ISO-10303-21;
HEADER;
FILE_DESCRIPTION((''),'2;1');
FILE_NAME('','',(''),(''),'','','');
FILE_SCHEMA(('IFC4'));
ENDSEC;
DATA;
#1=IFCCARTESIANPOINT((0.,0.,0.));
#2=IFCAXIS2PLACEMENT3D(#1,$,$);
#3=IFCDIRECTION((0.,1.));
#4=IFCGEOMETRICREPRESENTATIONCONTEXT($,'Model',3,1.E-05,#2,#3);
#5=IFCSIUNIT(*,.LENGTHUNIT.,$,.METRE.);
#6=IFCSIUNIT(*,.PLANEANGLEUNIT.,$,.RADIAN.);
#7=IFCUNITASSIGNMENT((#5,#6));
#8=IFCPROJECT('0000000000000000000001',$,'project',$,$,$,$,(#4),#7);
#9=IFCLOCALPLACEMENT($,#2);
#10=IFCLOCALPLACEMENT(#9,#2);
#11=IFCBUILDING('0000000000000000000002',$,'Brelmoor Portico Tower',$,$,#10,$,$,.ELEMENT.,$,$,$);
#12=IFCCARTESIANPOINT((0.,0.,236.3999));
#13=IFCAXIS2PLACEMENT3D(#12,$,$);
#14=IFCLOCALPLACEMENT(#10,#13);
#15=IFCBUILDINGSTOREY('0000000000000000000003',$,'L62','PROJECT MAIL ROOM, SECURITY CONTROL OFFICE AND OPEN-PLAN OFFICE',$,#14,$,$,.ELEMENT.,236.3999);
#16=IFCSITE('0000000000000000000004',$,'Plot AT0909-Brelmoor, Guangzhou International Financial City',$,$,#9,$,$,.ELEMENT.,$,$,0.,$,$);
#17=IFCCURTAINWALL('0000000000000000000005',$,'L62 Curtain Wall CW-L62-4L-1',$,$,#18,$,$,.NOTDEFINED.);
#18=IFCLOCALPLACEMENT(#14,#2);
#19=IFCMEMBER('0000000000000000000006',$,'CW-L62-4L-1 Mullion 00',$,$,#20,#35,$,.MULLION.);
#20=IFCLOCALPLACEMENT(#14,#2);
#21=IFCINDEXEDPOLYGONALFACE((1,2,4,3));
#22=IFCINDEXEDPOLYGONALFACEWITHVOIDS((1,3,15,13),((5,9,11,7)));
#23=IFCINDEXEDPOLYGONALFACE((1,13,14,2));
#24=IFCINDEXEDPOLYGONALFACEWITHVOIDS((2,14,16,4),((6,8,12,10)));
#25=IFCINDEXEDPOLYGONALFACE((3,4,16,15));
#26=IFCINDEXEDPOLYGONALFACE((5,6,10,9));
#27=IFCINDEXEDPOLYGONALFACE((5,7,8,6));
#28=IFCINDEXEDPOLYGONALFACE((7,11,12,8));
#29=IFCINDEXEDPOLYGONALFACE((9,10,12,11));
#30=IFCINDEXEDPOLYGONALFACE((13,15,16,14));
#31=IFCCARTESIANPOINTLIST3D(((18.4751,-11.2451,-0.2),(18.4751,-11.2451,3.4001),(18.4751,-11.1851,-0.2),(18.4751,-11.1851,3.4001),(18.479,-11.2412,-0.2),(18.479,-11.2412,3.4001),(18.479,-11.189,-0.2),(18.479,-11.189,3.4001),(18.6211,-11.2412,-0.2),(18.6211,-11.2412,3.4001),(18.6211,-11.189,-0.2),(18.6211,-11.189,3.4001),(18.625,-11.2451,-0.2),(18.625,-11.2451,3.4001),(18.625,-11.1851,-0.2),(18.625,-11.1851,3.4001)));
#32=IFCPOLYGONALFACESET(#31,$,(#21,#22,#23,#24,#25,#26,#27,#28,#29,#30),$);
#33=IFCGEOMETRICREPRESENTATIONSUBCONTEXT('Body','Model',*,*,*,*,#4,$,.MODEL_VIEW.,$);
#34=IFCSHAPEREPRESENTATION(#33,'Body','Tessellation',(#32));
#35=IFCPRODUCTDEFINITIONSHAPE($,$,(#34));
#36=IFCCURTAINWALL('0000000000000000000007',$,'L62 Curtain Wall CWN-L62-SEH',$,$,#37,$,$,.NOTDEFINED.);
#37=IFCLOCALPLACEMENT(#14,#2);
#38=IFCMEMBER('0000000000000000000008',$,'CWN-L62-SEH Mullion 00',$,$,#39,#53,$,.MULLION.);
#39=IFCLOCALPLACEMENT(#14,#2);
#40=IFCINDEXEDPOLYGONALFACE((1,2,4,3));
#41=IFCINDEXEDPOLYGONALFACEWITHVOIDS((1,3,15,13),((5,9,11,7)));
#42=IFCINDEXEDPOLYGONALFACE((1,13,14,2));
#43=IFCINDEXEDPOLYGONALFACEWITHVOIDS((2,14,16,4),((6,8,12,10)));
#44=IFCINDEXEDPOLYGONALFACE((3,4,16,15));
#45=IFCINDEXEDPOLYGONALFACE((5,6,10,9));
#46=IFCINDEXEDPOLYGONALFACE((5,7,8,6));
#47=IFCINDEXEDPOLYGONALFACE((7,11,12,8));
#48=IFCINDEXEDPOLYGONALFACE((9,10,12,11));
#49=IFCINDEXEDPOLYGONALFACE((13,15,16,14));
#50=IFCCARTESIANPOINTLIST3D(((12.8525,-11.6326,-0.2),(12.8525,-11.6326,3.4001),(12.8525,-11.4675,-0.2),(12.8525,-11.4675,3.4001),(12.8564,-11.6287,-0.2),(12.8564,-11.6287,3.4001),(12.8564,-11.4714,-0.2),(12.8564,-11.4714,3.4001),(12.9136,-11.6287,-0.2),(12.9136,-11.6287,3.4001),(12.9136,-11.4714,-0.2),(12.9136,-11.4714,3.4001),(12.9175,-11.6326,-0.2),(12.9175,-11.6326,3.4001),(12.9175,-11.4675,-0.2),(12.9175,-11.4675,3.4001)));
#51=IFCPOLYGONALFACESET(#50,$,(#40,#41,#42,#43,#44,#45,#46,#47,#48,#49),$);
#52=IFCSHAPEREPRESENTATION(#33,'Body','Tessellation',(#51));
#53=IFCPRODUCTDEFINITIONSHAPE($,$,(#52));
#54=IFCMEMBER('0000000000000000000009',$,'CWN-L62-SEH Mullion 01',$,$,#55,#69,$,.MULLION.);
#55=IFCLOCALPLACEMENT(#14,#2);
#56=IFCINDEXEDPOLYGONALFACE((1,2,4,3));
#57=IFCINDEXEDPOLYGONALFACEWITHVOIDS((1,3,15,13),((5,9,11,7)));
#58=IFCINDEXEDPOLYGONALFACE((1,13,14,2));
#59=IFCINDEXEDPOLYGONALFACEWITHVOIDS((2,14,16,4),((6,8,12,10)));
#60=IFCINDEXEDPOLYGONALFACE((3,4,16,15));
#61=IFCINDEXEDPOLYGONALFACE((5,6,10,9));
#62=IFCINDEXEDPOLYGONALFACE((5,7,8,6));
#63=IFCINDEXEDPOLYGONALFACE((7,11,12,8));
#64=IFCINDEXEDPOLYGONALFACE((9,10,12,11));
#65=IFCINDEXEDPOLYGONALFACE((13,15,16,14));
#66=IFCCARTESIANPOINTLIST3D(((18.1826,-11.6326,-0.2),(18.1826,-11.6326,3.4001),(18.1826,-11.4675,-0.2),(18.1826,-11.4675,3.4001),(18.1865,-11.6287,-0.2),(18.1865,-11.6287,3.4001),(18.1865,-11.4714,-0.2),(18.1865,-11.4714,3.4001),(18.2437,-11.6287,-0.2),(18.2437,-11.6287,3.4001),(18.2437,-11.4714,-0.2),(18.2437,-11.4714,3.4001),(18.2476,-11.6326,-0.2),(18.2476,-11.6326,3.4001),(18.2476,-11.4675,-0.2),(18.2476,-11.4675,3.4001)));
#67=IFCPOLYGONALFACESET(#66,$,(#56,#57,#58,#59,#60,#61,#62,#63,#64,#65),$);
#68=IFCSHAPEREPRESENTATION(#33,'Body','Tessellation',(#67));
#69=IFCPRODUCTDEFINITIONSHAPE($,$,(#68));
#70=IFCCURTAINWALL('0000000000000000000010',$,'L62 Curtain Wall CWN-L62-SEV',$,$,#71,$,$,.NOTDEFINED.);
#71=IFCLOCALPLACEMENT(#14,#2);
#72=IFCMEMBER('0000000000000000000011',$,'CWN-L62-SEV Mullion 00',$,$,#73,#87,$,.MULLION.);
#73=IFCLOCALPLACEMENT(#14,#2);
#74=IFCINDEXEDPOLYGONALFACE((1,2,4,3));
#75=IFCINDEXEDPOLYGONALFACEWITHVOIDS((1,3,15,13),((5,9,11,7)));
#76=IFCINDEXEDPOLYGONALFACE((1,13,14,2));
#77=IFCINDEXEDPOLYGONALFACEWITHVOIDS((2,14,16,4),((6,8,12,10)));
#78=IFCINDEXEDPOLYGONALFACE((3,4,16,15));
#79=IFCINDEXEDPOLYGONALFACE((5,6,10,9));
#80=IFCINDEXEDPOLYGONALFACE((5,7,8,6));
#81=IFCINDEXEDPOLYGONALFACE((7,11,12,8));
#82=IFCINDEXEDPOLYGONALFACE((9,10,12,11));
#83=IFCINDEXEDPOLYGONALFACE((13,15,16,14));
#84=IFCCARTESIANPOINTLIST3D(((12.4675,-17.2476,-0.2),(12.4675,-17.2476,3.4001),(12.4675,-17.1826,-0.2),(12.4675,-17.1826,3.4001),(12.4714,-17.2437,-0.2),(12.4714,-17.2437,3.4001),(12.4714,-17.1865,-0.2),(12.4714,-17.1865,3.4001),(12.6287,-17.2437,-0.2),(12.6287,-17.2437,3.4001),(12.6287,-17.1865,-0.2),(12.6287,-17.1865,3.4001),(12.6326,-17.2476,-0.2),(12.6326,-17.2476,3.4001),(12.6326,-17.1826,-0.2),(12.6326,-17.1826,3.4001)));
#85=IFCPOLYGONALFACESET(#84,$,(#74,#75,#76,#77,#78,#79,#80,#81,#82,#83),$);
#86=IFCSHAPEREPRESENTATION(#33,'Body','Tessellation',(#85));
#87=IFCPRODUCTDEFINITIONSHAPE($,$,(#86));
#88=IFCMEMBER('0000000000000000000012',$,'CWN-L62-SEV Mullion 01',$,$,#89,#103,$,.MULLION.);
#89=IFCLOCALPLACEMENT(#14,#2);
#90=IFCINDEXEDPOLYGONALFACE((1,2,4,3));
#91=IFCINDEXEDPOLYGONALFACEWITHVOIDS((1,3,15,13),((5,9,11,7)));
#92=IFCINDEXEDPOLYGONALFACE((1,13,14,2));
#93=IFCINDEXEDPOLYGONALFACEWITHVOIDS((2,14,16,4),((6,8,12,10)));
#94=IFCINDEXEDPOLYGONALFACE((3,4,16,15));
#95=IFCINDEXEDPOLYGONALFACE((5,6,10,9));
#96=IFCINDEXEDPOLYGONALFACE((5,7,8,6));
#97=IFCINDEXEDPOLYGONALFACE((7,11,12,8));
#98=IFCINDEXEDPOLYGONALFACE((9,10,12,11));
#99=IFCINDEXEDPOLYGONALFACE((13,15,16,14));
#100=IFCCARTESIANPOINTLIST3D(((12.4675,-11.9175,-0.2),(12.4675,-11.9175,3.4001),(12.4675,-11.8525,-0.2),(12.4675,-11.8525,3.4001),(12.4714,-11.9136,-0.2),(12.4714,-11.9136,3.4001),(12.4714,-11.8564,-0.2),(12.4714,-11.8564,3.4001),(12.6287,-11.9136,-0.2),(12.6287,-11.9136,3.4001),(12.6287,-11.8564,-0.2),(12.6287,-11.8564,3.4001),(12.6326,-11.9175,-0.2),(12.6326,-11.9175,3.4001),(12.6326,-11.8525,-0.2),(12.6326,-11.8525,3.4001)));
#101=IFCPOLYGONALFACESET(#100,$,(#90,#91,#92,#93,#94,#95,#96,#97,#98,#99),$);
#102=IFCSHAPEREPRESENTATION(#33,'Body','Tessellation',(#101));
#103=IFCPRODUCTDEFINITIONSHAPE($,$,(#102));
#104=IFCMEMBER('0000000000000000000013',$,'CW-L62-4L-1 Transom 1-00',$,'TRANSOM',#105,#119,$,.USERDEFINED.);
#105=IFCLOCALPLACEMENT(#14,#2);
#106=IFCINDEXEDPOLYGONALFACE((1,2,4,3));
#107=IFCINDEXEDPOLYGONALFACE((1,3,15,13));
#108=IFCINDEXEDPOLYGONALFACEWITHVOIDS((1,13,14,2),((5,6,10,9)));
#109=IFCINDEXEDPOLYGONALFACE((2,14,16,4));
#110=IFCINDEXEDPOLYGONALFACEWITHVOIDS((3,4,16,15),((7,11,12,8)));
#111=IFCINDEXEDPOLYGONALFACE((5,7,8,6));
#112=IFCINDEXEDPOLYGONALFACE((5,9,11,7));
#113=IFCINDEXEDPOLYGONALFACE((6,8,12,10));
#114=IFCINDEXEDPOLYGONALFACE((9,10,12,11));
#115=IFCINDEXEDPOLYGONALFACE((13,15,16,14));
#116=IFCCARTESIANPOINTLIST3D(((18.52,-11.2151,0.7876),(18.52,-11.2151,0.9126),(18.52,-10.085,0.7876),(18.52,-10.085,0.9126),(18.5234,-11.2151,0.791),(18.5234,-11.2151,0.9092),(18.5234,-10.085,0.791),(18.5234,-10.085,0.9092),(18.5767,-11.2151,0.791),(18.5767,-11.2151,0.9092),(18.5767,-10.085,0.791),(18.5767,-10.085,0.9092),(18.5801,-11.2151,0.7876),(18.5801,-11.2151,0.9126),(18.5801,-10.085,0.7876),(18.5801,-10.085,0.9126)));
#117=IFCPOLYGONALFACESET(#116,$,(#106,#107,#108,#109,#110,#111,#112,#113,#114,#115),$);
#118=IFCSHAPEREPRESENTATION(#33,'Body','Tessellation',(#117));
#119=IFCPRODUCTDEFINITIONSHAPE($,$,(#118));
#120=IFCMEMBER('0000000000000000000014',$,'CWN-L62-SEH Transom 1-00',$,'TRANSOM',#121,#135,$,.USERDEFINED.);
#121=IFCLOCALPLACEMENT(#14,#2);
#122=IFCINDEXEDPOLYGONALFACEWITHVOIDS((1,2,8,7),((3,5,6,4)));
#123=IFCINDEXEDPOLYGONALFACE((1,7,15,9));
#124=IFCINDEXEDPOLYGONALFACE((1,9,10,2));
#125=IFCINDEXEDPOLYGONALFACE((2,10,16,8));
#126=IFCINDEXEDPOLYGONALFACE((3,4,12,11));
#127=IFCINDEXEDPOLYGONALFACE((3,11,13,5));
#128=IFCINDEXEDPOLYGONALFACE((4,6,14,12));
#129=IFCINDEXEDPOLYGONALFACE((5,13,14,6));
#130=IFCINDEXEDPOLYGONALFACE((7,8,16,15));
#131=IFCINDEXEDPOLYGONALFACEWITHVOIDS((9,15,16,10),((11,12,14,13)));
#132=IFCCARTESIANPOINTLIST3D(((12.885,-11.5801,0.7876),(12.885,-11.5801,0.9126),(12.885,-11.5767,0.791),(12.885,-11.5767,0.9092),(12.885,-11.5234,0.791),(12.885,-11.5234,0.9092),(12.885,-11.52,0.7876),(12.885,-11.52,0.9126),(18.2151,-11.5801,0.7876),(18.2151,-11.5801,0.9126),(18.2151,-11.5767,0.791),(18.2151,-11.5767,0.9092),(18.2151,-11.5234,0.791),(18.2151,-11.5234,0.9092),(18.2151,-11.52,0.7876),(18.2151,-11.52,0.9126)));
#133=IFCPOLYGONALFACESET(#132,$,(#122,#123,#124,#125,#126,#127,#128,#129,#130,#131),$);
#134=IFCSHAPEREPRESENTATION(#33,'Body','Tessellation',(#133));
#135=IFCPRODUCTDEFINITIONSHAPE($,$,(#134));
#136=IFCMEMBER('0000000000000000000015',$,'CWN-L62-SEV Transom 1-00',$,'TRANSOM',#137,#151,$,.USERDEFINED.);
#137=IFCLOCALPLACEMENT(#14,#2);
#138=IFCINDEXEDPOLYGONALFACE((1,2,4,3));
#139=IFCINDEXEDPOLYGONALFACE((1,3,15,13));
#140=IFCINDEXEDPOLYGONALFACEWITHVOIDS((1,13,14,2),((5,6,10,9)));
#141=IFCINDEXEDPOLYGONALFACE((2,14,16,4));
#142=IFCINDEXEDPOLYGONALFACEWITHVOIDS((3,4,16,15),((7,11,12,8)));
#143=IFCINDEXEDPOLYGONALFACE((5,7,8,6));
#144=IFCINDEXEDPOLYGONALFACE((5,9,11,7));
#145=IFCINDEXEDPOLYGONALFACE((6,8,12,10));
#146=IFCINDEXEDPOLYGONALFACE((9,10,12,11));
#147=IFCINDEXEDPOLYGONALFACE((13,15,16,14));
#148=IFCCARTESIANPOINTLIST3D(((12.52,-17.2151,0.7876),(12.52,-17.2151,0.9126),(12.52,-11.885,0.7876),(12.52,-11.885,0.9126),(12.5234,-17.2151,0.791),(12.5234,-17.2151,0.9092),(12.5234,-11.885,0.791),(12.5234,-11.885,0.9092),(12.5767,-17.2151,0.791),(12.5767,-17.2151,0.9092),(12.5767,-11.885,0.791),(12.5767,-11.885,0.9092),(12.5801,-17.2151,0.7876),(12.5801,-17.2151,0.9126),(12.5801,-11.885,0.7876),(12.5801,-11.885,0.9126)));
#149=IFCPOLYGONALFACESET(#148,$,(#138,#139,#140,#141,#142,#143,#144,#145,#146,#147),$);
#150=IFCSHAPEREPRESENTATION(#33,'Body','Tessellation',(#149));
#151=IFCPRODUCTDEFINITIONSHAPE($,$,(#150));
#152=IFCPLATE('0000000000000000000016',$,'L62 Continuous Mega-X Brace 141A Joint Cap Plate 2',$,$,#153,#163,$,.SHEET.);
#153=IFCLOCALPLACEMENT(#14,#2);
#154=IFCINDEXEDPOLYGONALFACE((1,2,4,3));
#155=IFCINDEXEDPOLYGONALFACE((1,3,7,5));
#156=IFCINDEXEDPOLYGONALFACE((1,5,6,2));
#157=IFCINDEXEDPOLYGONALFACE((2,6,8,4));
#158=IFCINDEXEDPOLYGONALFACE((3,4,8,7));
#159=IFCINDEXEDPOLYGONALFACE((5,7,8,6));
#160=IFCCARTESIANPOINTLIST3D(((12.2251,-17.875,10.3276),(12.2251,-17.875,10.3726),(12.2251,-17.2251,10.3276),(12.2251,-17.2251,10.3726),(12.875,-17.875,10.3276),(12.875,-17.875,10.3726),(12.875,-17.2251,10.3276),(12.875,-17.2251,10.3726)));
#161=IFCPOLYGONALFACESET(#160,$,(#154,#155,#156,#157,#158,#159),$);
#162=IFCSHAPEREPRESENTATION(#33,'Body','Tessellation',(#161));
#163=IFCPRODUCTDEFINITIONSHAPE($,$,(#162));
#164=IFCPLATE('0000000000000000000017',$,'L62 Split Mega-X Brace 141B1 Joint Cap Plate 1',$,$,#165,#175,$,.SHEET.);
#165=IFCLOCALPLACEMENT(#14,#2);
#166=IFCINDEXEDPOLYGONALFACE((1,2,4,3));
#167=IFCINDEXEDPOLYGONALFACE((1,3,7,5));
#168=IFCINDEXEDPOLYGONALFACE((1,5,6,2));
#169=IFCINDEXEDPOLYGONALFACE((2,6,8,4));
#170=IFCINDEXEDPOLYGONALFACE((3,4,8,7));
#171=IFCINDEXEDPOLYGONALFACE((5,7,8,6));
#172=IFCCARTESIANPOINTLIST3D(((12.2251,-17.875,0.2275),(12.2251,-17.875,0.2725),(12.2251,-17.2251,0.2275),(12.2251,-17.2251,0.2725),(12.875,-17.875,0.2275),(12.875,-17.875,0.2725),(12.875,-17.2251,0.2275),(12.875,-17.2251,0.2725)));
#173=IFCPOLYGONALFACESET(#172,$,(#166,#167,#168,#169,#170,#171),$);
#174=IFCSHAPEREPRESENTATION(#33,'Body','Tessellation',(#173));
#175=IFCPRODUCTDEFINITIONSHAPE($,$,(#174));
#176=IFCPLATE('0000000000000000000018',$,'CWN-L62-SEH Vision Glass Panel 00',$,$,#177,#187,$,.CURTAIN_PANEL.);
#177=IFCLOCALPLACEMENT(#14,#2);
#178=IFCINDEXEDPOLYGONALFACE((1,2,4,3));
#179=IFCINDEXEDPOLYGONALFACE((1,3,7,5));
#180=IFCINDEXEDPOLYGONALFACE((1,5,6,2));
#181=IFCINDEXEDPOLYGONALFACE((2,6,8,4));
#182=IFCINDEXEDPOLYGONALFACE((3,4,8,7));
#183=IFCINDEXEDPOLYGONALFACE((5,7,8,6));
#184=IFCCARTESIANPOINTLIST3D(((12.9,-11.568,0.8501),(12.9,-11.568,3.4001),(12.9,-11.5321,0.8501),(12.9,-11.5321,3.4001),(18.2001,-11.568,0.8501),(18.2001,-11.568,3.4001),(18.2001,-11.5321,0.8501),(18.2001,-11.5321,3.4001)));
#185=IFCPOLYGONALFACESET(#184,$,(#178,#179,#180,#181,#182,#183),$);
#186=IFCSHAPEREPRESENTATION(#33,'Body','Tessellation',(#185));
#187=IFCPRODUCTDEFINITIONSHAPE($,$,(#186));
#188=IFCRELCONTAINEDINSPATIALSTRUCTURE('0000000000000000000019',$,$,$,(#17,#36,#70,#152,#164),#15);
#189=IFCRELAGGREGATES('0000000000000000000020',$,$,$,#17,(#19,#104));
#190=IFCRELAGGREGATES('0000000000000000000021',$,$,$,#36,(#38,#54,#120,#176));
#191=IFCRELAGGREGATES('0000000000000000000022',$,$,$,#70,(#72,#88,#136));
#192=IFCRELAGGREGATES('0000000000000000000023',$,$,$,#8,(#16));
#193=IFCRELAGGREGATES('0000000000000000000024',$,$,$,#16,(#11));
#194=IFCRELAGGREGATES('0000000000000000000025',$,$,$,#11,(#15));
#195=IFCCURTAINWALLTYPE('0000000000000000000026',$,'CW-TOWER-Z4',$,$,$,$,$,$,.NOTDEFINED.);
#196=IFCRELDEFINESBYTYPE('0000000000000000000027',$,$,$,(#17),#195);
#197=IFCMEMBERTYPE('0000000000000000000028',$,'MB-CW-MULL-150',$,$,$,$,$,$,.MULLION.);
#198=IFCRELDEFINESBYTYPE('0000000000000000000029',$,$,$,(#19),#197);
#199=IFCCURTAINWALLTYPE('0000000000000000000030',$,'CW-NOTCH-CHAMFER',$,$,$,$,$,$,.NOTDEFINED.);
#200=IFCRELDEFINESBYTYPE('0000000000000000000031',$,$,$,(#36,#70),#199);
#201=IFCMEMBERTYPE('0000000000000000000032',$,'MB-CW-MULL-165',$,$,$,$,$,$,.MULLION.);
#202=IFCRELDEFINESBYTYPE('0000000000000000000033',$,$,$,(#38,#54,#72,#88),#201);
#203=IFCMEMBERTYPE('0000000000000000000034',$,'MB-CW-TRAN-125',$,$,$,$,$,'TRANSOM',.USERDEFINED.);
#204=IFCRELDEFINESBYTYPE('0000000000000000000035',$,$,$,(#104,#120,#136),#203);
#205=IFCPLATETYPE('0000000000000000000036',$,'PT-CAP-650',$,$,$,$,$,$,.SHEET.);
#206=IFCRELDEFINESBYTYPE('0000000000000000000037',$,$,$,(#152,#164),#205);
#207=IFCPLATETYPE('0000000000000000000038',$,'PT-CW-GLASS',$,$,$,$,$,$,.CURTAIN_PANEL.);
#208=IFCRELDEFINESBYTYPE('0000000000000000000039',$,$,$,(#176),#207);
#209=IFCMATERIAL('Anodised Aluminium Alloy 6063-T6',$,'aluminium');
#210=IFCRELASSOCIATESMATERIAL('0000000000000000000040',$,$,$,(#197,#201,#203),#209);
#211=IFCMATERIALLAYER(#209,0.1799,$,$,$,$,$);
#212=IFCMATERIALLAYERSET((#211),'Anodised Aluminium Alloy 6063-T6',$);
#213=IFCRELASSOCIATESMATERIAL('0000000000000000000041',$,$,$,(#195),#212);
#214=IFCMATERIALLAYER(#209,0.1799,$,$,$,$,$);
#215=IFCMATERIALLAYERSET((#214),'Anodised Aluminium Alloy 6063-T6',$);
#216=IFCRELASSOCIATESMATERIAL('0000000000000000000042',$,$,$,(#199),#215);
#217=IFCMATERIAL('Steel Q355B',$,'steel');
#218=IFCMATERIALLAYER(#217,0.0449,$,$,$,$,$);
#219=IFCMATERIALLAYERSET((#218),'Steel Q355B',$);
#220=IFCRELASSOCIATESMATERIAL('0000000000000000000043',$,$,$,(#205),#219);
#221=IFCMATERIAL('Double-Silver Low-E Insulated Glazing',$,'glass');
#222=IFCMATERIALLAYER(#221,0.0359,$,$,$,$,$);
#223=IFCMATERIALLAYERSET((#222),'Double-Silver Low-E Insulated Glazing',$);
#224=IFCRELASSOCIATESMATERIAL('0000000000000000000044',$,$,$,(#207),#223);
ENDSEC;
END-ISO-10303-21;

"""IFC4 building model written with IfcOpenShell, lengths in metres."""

from ifc_helpers import new_model, si_unit, direction, frame, origin, origin_2d, place, context, subcontext, project, spatial, rectangle, hollow_rectangle, extrude, material, layer, layer_set, material_profile, profile_set, type_object, element, aggregate, save


model = new_model("IFC4")

# Units and contexts
model_context = context("Model", 3, precision=1e-05, world=origin(), true_north=direction((0.0, 1.0)))
body_context = subcontext(model_context, "Body", "Model", "MODEL_VIEW")
ifc_project = project(units=[si_unit("LENGTHUNIT", "METRE"), si_unit("PLANEANGLEUNIT", "RADIAN")], contexts=[model_context])

# Site, building, storey
site_placement = place(None, origin())
site = spatial("IfcSite", under=ifc_project, at=site_placement, Name="Plot AT0909-Brelmoor, Guangzhou International Financial City", CompositionType="ELEMENT", RefElevation=0.0)
building_placement = place(site_placement, origin())
building = spatial("IfcBuilding", under=site, at=building_placement, Name="Brelmoor Portico Tower", CompositionType="ELEMENT")
storey_placement = place(building_placement, frame((0.0, 0.0, 236.3999)))
storey = spatial("IfcBuildingStorey", under=building, at=storey_placement, Name="L62", Description="PROJECT MAIL ROOM, SECURITY CONTROL OFFICE AND OPEN-PLAN OFFICE", CompositionType="ELEMENT", Elevation=236.3999)

# Shared definitions
ifc_material_1 = material(Name="Steel Q355B", Category="steel")

# Curtain wall, member
ifc_material_2 = material(Name="Anodised Aluminium Alloy 6063-T6", Category="aluminium")
ifc_material_profile_1 = material_profile(ifc_material_2, hollow_rectangle(XDim=0.0601, YDim=0.1499, WallThickness=0.0039, at=origin_2d()), Name="ALU MULLION 60x150")
ifc_profile_set_1 = profile_set([ifc_material_profile_1], Name="Anodised Aluminium Alloy 6063-T6")
member_type_1 = type_object("IfcMemberType", Name="MB-CW-MULL-150", PredefinedType="MULLION", material=ifc_profile_set_1)
ifc_layer_1 = layer(ifc_material_2, 0.1799)
ifc_layer_set_1 = layer_set([ifc_layer_1], Name="Anodised Aluminium Alloy 6063-T6")
curtain_wall_type_1 = type_object("IfcCurtainWallType", Name="CW-TOWER-Z4", PredefinedType="NOTDEFINED", material=ifc_layer_set_1)
curtain_wall_1_placement = place(storey_placement, origin())
curtain_wall_1 = element("IfcCurtainWall", 1, at=curtain_wall_1_placement, inside=storey, type_object=curtain_wall_type_1, Name="L62 Curtain Wall CW-L62-4L-1", PredefinedType="NOTDEFINED")
member_1_placement = place(storey_placement, frame((18.55, -11.2151, -0.2), z_axis=(0.0, 0.0, 1.0), x_axis=(0.0, 1.0, 0.0)))
member_1 = element("IfcMember", 2, at=member_1_placement, type_object=member_type_1, Name="CW-L62-4L-1 Mullion 00", PredefinedType="MULLION", context=body_context, shape_type="SweptSolid", body=[
    extrude(hollow_rectangle(XDim=0.0601, YDim=0.1499, WallThickness=0.0039, at=origin_2d()), origin(), (0.0, 0.0, 1.0), 3.6001),
])

# Curtain walls, members
ifc_layer_2 = layer(ifc_material_2, 0.1799)
ifc_layer_set_2 = layer_set([ifc_layer_2], Name="Anodised Aluminium Alloy 6063-T6")
curtain_wall_type_2 = type_object("IfcCurtainWallType", Name="CW-NOTCH-CHAMFER", PredefinedType="NOTDEFINED", material=ifc_layer_set_2)
curtain_wall_2_placement = place(storey_placement, origin())
curtain_wall_2 = element("IfcCurtainWall", 3, at=curtain_wall_2_placement, inside=storey, type_object=curtain_wall_type_2, Name="L62 Curtain Wall CWN-L62-SEH", PredefinedType="NOTDEFINED")
ifc_material_profile_2 = material_profile(ifc_material_2, hollow_rectangle(XDim=0.0649, YDim=0.165, WallThickness=0.0039, at=origin_2d()), Name="ALU MULLION 65x165")
ifc_profile_set_2 = profile_set([ifc_material_profile_2], Name="Anodised Aluminium Alloy 6063-T6")
member_type_2 = type_object("IfcMemberType", Name="MB-CW-MULL-165", PredefinedType="MULLION", material=ifc_profile_set_2)
member_2_placement = place(storey_placement, frame((12.885, -11.55, -0.2), z_axis=(0.0, 0.0, 1.0), x_axis=(1.0, 0.0, 0.0)))
member_2 = element("IfcMember", 4, at=member_2_placement, type_object=member_type_2, Name="CWN-L62-SEH Mullion 00", PredefinedType="MULLION", context=body_context, shape_type="SweptSolid", body=[
    extrude(hollow_rectangle(XDim=0.0649, YDim=0.165, WallThickness=0.0039, at=origin_2d()), origin(), (0.0, 0.0, 1.0), 3.6001),
])
member_3_placement = place(storey_placement, frame((18.2151, -11.55, -0.2), z_axis=(0.0, 0.0, 1.0), x_axis=(1.0, 0.0, 0.0)))
member_3 = element("IfcMember", 5, at=member_3_placement, type_object=member_type_2, Name="CWN-L62-SEH Mullion 01", PredefinedType="MULLION", context=body_context, shape_type="SweptSolid", body=[
    extrude(hollow_rectangle(XDim=0.0649, YDim=0.165, WallThickness=0.0039, at=origin_2d()), origin(), (0.0, 0.0, 1.0), 3.6001),
])
curtain_wall_3_placement = place(storey_placement, origin())
curtain_wall_3 = element("IfcCurtainWall", 6, at=curtain_wall_3_placement, inside=storey, type_object=curtain_wall_type_2, Name="L62 Curtain Wall CWN-L62-SEV", PredefinedType="NOTDEFINED")
member_4_placement = place(storey_placement, frame((12.55, -17.2151, -0.2), z_axis=(0.0, 0.0, 1.0), x_axis=(0.0, 1.0, 0.0)))
member_4 = element("IfcMember", 7, at=member_4_placement, type_object=member_type_2, Name="CWN-L62-SEV Mullion 00", PredefinedType="MULLION", context=body_context, shape_type="SweptSolid", body=[
    extrude(hollow_rectangle(XDim=0.0649, YDim=0.165, WallThickness=0.0039, at=origin_2d()), origin(), (0.0, 0.0, 1.0), 3.6001),
])
member_5_placement = place(storey_placement, frame((12.55, -11.885, -0.2), z_axis=(0.0, 0.0, 1.0), x_axis=(0.0, 1.0, 0.0)))
member_5 = element("IfcMember", 8, at=member_5_placement, type_object=member_type_2, Name="CWN-L62-SEV Mullion 01", PredefinedType="MULLION", context=body_context, shape_type="SweptSolid", body=[
    extrude(hollow_rectangle(XDim=0.0649, YDim=0.165, WallThickness=0.0039, at=origin_2d()), origin(), (0.0, 0.0, 1.0), 3.6001),
])

# Members
ifc_material_profile_3 = material_profile(ifc_material_2, hollow_rectangle(XDim=0.0601, YDim=0.125, WallThickness=0.0034, at=origin_2d()), Name="ALU TRANSOM 60x125")
ifc_profile_set_3 = profile_set([ifc_material_profile_3], Name="Anodised Aluminium Alloy 6063-T6")
member_type_3 = type_object("IfcMemberType", Name="MB-CW-TRAN-125", ElementType="TRANSOM", PredefinedType="USERDEFINED", material=ifc_profile_set_3)
member_6_placement = place(storey_placement, frame((18.55, -11.2151, 0.8501), z_axis=(0.0, 1.0, 0.0), x_axis=(-1.0, 0.0, 0.0)))
member_6 = element("IfcMember", 9, at=member_6_placement, type_object=member_type_3, Name="CW-L62-4L-1 Transom 1-00", ObjectType="TRANSOM", PredefinedType="USERDEFINED", context=body_context, shape_type="SweptSolid", body=[
    extrude(hollow_rectangle(XDim=0.0601, YDim=0.125, WallThickness=0.0034, at=origin_2d()), origin(), (0.0, 0.0, 1.0), 1.1301),
])
aggregate(curtain_wall_1, [member_1, member_6])
member_7_placement = place(storey_placement, frame((12.885, -11.55, 0.8501), z_axis=(1.0, 0.0, 0.0), x_axis=(0.0, 1.0, 0.0)))
member_7 = element("IfcMember", 10, at=member_7_placement, type_object=member_type_3, Name="CWN-L62-SEH Transom 1-00", ObjectType="TRANSOM", PredefinedType="USERDEFINED", context=body_context, shape_type="SweptSolid", body=[
    extrude(hollow_rectangle(XDim=0.0601, YDim=0.125, WallThickness=0.0034, at=origin_2d()), origin(), (0.0, 0.0, 1.0), 5.3301),
])
member_8_placement = place(storey_placement, frame((12.55, -17.2151, 0.8501), z_axis=(0.0, 1.0, 0.0), x_axis=(-1.0, 0.0, 0.0)))
member_8 = element("IfcMember", 11, at=member_8_placement, type_object=member_type_3, Name="CWN-L62-SEV Transom 1-00", ObjectType="TRANSOM", PredefinedType="USERDEFINED", context=body_context, shape_type="SweptSolid", body=[
    extrude(hollow_rectangle(XDim=0.0601, YDim=0.125, WallThickness=0.0034, at=origin_2d()), origin(), (0.0, 0.0, 1.0), 5.3301),
])

# Plates
ifc_layer_3 = layer(ifc_material_1, 0.0449)
ifc_layer_set_3 = layer_set([ifc_layer_3], Name="Steel Q355B")
plate_type_1 = type_object("IfcPlateType", Name="PT-CAP-650", PredefinedType="SHEET", material=ifc_layer_set_3)
for number, where, z_axis, x_axis, name in (
    (12, (12.55, -17.55, 10.3276), (0.0, 0.0, 1.0), (1.0, 0.0, 0.0), "L62 Continuous Mega-X Brace 141A Joint Cap Plate 2"),
    (13, (12.55, -17.55, 0.2275), (0.0, 0.0, 1.0), (1.0, 0.0, 0.0), "L62 Split Mega-X Brace 141B1 Joint Cap Plate 1"),
):
    element("IfcPlate", number, at=place(storey_placement, frame(where, z_axis=z_axis, x_axis=x_axis)), inside=storey, type_object=plate_type_1, Name=name, PredefinedType="SHEET", context=body_context, shape_type="SweptSolid", body=[
        extrude(rectangle(XDim=0.6499, YDim=0.6499, at=origin_2d()), origin(), (0.0, 0.0, 1.0), 0.0449),
    ])

# Plate
ifc_material_3 = material(Name="Double-Silver Low-E Insulated Glazing", Category="glass")
ifc_layer_4 = layer(ifc_material_3, 0.0359)
ifc_layer_set_4 = layer_set([ifc_layer_4], Name="Double-Silver Low-E Insulated Glazing")
plate_type_2 = type_object("IfcPlateType", Name="PT-CW-GLASS", PredefinedType="CURTAIN_PANEL", material=ifc_layer_set_4)
plate_1_placement = place(storey_placement, frame((15.55, -11.55, 0.8501), z_axis=(0.0, 0.0, 1.0), x_axis=(1.0, 0.0, 0.0)))
plate_1 = element("IfcPlate", 14, at=plate_1_placement, type_object=plate_type_2, Name="CWN-L62-SEH Vision Glass Panel 00", PredefinedType="CURTAIN_PANEL", context=body_context, shape_type="SweptSolid", body=[
    extrude(rectangle(XDim=5.3, YDim=0.0359, at=origin_2d()), origin(), (0.0, 0.0, 1.0), 2.55),
])
aggregate(curtain_wall_2, [member_2, member_3, member_7, plate_1])
aggregate(curtain_wall_3, [member_4, member_5, member_8])

save(model, "model.ifc")
